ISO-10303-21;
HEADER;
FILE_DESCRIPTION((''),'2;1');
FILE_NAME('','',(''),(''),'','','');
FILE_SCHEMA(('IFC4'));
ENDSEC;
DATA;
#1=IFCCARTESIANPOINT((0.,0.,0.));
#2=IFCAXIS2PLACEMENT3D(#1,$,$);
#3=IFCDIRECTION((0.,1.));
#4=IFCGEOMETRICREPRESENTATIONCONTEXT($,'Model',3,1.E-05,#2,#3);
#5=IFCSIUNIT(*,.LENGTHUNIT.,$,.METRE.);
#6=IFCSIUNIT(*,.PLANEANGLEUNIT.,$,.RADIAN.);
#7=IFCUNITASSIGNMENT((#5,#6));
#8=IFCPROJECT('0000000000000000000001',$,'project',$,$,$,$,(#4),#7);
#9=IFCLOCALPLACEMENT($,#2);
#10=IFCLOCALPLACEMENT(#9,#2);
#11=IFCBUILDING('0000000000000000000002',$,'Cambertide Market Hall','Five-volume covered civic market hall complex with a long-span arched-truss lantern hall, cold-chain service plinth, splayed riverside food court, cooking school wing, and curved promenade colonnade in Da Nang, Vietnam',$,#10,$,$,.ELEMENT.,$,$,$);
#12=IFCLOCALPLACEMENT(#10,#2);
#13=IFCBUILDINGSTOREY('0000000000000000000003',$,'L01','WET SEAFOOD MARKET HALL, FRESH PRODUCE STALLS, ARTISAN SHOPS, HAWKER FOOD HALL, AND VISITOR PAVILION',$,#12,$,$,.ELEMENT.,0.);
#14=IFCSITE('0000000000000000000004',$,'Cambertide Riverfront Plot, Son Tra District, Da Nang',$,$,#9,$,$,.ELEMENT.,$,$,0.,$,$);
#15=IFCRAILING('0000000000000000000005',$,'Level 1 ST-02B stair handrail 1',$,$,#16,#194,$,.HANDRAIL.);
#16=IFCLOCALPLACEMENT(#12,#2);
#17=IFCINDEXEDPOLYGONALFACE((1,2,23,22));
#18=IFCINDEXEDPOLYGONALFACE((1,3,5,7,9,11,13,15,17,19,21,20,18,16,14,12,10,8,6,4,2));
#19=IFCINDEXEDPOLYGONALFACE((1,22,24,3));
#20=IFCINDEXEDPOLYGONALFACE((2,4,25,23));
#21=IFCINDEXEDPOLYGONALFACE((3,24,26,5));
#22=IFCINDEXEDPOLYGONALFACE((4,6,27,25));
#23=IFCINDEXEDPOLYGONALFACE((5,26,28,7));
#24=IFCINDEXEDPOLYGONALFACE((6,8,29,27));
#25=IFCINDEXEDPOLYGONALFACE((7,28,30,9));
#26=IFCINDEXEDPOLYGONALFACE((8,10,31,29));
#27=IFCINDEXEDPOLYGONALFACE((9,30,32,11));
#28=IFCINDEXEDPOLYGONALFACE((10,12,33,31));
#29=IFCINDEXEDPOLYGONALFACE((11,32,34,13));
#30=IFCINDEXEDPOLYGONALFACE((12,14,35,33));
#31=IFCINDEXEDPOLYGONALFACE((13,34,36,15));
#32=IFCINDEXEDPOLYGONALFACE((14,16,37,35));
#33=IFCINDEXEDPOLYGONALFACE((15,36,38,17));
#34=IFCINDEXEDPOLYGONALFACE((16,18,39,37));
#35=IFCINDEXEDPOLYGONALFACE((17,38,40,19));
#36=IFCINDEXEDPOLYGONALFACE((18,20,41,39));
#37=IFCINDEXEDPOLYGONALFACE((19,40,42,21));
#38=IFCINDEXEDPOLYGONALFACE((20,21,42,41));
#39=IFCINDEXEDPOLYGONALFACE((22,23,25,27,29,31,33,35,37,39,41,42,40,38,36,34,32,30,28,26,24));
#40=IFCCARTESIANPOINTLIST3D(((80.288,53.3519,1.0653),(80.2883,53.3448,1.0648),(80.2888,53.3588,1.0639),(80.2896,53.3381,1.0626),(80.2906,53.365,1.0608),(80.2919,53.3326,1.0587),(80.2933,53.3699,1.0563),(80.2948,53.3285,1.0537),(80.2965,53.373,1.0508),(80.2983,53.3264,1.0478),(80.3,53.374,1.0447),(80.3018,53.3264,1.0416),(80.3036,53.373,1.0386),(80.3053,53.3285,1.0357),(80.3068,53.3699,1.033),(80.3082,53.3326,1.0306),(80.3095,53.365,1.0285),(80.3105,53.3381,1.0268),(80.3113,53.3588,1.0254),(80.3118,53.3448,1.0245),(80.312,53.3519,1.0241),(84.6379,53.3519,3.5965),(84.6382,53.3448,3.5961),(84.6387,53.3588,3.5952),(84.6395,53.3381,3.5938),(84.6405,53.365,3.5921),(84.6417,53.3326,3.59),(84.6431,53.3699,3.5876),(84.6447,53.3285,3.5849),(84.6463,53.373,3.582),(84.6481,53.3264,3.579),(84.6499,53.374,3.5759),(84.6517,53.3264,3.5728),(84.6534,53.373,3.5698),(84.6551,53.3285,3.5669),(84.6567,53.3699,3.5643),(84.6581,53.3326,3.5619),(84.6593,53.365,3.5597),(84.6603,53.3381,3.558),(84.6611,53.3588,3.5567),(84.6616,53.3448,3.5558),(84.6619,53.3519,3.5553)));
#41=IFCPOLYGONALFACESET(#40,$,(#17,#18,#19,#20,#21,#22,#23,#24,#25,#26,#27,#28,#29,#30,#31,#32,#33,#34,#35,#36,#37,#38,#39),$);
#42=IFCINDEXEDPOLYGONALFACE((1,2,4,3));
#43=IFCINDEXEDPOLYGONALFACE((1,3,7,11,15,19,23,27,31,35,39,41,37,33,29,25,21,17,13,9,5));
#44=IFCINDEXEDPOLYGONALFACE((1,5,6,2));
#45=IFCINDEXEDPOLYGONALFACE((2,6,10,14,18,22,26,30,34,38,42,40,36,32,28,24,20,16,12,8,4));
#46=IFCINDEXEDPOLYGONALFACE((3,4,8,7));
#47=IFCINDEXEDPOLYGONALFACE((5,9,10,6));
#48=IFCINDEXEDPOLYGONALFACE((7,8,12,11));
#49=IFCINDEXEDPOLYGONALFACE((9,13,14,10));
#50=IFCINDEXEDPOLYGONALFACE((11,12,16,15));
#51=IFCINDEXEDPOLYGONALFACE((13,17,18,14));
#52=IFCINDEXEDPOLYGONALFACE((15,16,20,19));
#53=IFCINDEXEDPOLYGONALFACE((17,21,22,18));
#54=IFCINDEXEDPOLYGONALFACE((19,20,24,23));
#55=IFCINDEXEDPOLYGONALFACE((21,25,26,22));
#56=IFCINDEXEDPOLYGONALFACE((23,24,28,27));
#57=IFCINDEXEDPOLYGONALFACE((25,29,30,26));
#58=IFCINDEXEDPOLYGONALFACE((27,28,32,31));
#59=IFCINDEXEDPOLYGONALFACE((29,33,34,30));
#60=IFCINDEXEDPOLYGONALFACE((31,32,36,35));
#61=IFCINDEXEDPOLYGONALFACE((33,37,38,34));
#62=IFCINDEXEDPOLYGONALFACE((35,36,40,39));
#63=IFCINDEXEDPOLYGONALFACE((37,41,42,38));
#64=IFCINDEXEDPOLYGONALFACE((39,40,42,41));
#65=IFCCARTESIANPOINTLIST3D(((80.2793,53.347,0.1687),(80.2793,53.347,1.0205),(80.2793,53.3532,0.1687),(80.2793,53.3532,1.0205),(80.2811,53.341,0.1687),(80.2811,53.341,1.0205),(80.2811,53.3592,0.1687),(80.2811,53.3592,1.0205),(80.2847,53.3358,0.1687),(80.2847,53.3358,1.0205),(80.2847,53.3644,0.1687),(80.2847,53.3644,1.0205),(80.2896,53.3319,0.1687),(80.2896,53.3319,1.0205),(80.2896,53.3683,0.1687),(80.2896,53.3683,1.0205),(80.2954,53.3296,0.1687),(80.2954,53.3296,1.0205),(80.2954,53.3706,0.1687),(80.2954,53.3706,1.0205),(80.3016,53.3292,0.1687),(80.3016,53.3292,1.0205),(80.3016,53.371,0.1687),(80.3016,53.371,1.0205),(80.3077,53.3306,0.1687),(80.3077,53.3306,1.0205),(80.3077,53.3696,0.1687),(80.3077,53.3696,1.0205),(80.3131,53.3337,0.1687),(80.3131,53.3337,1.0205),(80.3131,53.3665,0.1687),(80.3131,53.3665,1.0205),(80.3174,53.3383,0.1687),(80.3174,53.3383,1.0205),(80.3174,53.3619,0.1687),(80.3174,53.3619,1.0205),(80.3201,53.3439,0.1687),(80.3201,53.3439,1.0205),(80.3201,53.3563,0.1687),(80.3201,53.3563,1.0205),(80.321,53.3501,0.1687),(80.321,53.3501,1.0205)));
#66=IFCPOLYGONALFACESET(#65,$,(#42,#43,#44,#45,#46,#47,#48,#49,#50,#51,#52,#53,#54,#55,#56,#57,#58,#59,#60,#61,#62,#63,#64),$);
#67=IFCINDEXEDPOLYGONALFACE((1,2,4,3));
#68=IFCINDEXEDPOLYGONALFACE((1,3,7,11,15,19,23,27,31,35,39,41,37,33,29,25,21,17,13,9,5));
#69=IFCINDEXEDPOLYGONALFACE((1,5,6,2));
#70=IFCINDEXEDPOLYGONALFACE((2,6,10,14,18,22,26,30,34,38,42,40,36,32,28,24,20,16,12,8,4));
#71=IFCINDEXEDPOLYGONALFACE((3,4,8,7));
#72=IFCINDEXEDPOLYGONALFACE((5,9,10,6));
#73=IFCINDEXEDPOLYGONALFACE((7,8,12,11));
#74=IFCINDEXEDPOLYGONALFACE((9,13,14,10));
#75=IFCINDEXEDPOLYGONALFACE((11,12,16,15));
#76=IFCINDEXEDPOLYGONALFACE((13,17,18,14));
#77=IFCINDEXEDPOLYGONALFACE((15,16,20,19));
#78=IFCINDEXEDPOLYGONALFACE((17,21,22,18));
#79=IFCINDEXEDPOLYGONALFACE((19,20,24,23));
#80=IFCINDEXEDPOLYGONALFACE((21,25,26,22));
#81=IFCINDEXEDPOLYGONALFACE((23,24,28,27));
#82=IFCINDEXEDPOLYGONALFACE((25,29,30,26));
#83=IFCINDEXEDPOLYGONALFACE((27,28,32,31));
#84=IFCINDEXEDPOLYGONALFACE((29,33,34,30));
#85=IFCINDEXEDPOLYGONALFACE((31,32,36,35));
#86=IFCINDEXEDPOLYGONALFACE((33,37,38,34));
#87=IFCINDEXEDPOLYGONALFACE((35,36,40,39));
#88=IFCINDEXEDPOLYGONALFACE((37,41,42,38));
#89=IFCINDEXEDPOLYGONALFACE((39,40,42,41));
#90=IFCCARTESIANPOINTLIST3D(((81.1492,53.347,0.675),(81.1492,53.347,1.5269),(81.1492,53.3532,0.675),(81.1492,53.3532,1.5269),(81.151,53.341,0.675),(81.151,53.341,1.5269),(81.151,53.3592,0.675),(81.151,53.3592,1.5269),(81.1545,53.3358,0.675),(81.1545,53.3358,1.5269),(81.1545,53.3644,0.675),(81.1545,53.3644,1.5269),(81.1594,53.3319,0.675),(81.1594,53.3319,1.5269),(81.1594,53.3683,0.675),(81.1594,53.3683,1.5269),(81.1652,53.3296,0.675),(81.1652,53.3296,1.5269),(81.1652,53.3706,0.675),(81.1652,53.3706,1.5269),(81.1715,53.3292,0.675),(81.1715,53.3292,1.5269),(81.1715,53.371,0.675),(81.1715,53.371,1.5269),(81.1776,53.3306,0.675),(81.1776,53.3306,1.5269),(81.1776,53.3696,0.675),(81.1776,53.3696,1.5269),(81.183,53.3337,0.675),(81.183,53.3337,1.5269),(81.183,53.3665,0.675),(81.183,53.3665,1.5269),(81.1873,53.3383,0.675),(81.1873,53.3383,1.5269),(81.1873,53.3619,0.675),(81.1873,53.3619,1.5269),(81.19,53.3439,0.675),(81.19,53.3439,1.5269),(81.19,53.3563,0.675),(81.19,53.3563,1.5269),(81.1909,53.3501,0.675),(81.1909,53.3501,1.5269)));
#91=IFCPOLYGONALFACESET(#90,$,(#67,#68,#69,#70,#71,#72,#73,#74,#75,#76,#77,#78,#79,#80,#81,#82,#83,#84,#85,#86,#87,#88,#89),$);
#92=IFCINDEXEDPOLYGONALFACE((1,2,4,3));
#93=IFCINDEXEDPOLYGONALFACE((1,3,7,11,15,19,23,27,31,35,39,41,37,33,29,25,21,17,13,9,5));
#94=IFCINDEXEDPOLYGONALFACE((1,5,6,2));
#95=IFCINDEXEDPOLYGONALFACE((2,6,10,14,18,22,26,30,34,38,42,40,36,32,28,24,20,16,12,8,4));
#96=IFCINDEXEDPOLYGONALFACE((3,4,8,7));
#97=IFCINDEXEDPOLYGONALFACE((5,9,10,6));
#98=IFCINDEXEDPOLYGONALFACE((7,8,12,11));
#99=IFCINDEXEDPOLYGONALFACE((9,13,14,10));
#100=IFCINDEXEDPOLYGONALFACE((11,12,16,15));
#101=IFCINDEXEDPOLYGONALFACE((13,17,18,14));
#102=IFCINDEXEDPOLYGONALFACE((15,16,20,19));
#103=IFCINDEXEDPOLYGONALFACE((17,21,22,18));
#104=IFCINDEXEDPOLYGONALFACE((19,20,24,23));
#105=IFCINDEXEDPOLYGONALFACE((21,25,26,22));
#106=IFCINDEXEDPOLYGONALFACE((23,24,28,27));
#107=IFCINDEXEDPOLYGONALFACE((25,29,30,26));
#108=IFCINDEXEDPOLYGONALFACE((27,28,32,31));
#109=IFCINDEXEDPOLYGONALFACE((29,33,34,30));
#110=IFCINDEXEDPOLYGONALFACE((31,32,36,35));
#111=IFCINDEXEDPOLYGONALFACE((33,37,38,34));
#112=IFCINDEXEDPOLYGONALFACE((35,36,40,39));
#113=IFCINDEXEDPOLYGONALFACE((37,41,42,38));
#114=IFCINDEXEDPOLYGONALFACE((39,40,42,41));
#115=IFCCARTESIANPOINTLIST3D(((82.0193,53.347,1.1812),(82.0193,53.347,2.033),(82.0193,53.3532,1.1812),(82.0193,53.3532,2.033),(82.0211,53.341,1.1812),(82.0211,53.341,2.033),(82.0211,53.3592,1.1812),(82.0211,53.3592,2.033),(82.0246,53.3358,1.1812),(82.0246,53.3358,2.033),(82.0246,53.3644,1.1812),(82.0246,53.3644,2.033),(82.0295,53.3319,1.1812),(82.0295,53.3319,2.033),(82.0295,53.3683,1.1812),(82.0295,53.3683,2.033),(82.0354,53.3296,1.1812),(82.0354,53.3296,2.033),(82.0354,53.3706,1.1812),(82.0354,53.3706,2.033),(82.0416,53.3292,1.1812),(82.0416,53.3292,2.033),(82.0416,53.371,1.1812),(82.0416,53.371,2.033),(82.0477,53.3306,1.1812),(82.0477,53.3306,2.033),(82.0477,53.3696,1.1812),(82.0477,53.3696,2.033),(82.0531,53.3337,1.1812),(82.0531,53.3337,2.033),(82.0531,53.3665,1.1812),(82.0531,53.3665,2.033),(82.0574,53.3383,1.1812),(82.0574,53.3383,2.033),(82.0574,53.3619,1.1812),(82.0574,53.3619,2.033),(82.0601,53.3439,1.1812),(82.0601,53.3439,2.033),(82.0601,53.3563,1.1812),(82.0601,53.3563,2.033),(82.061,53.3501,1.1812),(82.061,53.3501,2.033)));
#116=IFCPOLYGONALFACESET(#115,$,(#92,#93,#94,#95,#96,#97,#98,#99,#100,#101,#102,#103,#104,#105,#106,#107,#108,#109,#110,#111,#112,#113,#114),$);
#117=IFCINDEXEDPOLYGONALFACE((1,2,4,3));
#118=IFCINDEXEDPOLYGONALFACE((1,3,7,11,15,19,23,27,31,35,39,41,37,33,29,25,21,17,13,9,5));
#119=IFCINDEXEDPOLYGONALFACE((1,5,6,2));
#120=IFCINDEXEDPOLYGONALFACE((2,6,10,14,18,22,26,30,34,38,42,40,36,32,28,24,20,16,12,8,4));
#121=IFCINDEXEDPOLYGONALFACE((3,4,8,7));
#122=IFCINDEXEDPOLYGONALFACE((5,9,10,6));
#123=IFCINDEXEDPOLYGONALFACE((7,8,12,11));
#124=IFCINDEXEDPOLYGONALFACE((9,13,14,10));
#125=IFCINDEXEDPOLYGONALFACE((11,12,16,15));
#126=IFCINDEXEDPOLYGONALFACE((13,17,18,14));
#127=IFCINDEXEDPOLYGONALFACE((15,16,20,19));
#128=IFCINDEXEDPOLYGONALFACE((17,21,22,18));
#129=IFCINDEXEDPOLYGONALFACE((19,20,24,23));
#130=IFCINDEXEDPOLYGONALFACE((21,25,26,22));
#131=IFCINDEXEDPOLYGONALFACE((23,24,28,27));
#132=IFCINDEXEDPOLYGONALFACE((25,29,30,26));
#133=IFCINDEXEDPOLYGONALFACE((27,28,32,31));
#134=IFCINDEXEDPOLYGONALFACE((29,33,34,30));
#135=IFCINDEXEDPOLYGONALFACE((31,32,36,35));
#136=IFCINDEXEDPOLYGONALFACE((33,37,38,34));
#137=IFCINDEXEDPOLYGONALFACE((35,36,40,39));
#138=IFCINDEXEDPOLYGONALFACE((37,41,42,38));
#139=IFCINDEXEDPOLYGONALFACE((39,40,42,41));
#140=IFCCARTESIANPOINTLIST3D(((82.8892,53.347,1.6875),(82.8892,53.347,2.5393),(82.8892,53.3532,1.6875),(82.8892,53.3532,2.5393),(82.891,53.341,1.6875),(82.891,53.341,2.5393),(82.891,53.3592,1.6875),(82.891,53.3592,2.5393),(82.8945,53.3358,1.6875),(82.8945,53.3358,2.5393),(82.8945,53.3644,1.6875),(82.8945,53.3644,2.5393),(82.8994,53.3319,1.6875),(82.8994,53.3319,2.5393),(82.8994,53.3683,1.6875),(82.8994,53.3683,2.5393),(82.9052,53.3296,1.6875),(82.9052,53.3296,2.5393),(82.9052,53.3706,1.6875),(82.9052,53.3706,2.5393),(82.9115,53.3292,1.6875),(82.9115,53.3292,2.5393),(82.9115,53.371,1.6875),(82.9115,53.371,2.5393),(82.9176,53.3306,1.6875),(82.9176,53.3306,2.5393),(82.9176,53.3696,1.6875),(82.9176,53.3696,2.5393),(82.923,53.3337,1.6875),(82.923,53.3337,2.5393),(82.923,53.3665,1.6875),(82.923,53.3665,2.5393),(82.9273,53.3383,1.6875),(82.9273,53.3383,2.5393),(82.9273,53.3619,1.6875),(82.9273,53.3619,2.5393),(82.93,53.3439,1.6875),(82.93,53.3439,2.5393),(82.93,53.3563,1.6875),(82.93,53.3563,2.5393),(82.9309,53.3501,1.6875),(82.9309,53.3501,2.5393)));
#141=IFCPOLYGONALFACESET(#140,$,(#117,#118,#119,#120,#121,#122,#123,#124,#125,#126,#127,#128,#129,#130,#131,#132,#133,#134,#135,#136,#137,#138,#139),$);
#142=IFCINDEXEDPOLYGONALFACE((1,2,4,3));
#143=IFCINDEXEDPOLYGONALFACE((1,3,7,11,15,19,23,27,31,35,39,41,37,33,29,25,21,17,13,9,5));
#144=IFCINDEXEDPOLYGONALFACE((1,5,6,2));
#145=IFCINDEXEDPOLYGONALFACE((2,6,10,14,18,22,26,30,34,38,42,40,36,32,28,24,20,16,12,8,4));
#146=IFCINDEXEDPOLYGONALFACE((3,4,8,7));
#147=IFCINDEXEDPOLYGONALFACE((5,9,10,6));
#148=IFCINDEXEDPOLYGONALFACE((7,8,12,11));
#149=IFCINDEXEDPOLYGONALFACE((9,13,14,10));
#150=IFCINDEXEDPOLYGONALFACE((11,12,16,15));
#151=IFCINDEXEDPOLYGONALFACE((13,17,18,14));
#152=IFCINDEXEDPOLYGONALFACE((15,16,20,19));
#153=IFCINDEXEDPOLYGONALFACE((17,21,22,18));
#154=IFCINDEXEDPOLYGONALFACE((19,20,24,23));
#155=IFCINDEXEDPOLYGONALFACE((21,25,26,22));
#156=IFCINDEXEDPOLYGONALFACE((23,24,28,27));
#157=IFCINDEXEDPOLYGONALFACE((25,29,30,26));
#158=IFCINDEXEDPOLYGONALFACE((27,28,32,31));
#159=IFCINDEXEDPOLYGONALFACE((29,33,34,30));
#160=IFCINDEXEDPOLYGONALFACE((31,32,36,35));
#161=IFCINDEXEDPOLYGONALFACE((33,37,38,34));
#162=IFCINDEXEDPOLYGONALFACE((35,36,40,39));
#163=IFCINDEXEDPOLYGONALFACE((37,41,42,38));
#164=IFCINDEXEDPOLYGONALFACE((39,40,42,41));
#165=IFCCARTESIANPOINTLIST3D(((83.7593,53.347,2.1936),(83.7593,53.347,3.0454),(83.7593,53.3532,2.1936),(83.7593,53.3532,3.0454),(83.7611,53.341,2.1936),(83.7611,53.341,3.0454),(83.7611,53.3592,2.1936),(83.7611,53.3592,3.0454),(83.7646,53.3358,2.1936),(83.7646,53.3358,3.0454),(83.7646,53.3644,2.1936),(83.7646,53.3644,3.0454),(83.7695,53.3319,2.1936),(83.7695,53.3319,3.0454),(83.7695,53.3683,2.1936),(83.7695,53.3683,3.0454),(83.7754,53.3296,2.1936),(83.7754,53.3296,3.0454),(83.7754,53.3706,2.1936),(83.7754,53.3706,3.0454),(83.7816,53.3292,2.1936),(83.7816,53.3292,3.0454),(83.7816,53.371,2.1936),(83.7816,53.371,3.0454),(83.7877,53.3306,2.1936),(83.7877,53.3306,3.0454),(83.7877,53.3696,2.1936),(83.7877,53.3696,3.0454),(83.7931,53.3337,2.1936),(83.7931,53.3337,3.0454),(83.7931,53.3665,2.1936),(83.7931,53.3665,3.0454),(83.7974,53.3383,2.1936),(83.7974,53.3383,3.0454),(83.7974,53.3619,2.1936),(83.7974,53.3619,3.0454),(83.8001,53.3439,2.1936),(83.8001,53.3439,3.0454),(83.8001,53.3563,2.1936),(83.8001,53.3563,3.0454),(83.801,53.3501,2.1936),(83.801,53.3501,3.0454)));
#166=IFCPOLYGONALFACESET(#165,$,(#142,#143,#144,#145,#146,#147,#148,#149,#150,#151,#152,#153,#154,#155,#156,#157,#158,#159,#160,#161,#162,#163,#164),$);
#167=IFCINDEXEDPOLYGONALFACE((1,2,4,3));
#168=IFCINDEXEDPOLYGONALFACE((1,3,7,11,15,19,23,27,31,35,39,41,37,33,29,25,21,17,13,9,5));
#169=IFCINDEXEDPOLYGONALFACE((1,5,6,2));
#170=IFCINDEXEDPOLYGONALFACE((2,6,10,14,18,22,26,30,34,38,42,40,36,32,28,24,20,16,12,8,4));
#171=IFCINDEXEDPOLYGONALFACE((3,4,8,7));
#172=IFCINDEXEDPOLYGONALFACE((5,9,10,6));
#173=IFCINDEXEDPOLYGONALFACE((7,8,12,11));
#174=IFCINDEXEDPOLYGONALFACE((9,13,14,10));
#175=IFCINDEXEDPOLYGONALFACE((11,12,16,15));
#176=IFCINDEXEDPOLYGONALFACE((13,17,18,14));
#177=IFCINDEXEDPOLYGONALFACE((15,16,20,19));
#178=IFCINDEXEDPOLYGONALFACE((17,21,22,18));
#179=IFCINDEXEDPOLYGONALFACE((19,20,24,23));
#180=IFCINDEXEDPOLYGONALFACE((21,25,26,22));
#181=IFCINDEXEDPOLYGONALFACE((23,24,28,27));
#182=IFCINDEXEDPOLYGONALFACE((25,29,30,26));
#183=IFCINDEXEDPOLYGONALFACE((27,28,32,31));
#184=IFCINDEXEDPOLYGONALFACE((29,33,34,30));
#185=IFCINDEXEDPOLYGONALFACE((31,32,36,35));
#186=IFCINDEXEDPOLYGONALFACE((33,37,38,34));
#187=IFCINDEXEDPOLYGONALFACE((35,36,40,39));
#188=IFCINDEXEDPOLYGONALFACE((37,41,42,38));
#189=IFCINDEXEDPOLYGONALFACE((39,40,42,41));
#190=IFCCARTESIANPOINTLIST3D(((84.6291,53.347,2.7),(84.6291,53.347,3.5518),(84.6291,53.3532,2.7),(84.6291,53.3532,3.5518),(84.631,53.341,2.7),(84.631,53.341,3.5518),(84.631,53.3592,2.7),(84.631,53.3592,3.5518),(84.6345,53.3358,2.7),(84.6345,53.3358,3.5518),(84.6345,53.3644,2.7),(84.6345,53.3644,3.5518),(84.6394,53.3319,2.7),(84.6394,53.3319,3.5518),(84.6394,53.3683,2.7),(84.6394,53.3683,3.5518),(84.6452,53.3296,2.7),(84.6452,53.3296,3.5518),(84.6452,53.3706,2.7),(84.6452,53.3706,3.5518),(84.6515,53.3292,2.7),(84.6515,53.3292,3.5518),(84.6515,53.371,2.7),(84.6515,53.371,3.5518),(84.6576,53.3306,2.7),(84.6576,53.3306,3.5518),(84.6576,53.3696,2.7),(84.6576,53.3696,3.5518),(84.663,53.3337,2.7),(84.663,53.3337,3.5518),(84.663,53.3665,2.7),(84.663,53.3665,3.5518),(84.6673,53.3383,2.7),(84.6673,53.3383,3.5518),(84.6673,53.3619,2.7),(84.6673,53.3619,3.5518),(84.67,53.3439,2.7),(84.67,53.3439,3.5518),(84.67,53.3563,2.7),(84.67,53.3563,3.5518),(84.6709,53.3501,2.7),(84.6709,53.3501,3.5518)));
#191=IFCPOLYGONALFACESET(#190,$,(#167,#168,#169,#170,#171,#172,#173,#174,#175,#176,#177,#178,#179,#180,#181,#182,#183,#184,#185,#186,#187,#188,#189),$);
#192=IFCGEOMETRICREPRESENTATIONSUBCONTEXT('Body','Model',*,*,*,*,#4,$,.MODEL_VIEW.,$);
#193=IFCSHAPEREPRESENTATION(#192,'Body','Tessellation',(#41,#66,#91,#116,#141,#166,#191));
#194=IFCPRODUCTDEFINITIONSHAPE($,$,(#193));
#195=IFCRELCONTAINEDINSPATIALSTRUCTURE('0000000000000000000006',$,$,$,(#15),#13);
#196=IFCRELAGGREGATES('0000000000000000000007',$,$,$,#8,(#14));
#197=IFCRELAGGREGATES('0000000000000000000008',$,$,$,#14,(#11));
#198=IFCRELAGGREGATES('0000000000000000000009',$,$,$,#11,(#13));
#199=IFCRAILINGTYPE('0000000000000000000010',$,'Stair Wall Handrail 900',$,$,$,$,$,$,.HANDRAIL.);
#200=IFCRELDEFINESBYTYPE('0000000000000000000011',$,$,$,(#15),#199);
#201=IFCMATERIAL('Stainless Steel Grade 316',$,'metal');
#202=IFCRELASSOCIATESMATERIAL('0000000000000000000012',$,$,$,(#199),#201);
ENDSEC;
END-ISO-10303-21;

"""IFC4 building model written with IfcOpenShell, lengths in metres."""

from ifc_helpers import new_model, si_unit, direction, frame, origin, origin_2d, place, context, subcontext, project, spatial, circle, extrude, material, type_object, element, save


model = new_model("IFC4")

# Units and contexts
model_context = context("Model", 3, precision=1e-05, world=origin(), true_north=direction((0.0, 1.0)))
body_context = subcontext(model_context, "Body", "Model", "MODEL_VIEW")
ifc_project = project(units=[si_unit("LENGTHUNIT", "METRE"), si_unit("PLANEANGLEUNIT", "RADIAN")], contexts=[model_context])

# Site, building, storey
site_placement = place(None, origin())
site = spatial("IfcSite", under=ifc_project, at=site_placement, Name="Cambertide Riverfront Plot, Son Tra District, Da Nang", CompositionType="ELEMENT", RefElevation=0.0)
building_placement = place(site_placement, origin())
building = spatial("IfcBuilding", under=site, at=building_placement, Name="Cambertide Market Hall", Description="Five-volume covered civic market hall complex with a long-span arched-truss lantern hall, cold-chain service plinth, splayed riverside food court, cooking school wing, and curved promenade colonnade in Da Nang, Vietnam", CompositionType="ELEMENT")
storey_placement = place(building_placement, origin())
storey = spatial("IfcBuildingStorey", under=building, at=storey_placement, Name="L01", Description="WET SEAFOOD MARKET HALL, FRESH PRODUCE STALLS, ARTISAN SHOPS, HAWKER FOOD HALL, AND VISITOR PAVILION", CompositionType="ELEMENT", Elevation=0.0)

# Railing
ifc_material_1 = material(Name="Stainless Steel Grade 316", Category="metal")
railing_type_1 = type_object("IfcRailingType", Name="Stair Wall Handrail 900", PredefinedType="HANDRAIL", material=ifc_material_1)
railing_1_placement = place(storey_placement, frame((80.3, 53.3501, 0.1687)))
element("IfcRailing", 1, at=railing_1_placement, inside=storey, type_object=railing_type_1, Name="Level 1 ST-02B stair handrail 1", PredefinedType="HANDRAIL", context=body_context, shape_type="SweptSolid", body=[
    extrude(circle(Radius=0.0239, at=origin_2d()), frame((0.0, 0.0, 0.876), z_axis=(0.864312, 0.0, 0.502957), x_axis=(0.0, 1.0, 0.0)), (0.0, 0.0, 1.0), 5.0327),
    extrude(circle(Radius=0.021, at=origin_2d()), origin(), (0.0, 0.0, 1.0), 0.8518),
    extrude(circle(Radius=0.021, at=origin_2d()), frame((0.8699, 0.0, 0.5063)), (0.0, 0.0, 1.0), 0.8518),
    extrude(circle(Radius=0.021, at=origin_2d()), frame((1.74, 0.0, 1.0125)), (0.0, 0.0, 1.0), 0.8518),
    extrude(circle(Radius=0.021, at=origin_2d()), frame((2.6099, 0.0, 1.5188)), (0.0, 0.0, 1.0), 0.8518),
    extrude(circle(Radius=0.021, at=origin_2d()), frame((3.48, 0.0, 2.0249)), (0.0, 0.0, 1.0), 0.8518),
    extrude(circle(Radius=0.021, at=origin_2d()), frame((4.3499, 0.0, 2.5312)), (0.0, 0.0, 1.0), 0.8518),
])

save(model, "model.ifc")
